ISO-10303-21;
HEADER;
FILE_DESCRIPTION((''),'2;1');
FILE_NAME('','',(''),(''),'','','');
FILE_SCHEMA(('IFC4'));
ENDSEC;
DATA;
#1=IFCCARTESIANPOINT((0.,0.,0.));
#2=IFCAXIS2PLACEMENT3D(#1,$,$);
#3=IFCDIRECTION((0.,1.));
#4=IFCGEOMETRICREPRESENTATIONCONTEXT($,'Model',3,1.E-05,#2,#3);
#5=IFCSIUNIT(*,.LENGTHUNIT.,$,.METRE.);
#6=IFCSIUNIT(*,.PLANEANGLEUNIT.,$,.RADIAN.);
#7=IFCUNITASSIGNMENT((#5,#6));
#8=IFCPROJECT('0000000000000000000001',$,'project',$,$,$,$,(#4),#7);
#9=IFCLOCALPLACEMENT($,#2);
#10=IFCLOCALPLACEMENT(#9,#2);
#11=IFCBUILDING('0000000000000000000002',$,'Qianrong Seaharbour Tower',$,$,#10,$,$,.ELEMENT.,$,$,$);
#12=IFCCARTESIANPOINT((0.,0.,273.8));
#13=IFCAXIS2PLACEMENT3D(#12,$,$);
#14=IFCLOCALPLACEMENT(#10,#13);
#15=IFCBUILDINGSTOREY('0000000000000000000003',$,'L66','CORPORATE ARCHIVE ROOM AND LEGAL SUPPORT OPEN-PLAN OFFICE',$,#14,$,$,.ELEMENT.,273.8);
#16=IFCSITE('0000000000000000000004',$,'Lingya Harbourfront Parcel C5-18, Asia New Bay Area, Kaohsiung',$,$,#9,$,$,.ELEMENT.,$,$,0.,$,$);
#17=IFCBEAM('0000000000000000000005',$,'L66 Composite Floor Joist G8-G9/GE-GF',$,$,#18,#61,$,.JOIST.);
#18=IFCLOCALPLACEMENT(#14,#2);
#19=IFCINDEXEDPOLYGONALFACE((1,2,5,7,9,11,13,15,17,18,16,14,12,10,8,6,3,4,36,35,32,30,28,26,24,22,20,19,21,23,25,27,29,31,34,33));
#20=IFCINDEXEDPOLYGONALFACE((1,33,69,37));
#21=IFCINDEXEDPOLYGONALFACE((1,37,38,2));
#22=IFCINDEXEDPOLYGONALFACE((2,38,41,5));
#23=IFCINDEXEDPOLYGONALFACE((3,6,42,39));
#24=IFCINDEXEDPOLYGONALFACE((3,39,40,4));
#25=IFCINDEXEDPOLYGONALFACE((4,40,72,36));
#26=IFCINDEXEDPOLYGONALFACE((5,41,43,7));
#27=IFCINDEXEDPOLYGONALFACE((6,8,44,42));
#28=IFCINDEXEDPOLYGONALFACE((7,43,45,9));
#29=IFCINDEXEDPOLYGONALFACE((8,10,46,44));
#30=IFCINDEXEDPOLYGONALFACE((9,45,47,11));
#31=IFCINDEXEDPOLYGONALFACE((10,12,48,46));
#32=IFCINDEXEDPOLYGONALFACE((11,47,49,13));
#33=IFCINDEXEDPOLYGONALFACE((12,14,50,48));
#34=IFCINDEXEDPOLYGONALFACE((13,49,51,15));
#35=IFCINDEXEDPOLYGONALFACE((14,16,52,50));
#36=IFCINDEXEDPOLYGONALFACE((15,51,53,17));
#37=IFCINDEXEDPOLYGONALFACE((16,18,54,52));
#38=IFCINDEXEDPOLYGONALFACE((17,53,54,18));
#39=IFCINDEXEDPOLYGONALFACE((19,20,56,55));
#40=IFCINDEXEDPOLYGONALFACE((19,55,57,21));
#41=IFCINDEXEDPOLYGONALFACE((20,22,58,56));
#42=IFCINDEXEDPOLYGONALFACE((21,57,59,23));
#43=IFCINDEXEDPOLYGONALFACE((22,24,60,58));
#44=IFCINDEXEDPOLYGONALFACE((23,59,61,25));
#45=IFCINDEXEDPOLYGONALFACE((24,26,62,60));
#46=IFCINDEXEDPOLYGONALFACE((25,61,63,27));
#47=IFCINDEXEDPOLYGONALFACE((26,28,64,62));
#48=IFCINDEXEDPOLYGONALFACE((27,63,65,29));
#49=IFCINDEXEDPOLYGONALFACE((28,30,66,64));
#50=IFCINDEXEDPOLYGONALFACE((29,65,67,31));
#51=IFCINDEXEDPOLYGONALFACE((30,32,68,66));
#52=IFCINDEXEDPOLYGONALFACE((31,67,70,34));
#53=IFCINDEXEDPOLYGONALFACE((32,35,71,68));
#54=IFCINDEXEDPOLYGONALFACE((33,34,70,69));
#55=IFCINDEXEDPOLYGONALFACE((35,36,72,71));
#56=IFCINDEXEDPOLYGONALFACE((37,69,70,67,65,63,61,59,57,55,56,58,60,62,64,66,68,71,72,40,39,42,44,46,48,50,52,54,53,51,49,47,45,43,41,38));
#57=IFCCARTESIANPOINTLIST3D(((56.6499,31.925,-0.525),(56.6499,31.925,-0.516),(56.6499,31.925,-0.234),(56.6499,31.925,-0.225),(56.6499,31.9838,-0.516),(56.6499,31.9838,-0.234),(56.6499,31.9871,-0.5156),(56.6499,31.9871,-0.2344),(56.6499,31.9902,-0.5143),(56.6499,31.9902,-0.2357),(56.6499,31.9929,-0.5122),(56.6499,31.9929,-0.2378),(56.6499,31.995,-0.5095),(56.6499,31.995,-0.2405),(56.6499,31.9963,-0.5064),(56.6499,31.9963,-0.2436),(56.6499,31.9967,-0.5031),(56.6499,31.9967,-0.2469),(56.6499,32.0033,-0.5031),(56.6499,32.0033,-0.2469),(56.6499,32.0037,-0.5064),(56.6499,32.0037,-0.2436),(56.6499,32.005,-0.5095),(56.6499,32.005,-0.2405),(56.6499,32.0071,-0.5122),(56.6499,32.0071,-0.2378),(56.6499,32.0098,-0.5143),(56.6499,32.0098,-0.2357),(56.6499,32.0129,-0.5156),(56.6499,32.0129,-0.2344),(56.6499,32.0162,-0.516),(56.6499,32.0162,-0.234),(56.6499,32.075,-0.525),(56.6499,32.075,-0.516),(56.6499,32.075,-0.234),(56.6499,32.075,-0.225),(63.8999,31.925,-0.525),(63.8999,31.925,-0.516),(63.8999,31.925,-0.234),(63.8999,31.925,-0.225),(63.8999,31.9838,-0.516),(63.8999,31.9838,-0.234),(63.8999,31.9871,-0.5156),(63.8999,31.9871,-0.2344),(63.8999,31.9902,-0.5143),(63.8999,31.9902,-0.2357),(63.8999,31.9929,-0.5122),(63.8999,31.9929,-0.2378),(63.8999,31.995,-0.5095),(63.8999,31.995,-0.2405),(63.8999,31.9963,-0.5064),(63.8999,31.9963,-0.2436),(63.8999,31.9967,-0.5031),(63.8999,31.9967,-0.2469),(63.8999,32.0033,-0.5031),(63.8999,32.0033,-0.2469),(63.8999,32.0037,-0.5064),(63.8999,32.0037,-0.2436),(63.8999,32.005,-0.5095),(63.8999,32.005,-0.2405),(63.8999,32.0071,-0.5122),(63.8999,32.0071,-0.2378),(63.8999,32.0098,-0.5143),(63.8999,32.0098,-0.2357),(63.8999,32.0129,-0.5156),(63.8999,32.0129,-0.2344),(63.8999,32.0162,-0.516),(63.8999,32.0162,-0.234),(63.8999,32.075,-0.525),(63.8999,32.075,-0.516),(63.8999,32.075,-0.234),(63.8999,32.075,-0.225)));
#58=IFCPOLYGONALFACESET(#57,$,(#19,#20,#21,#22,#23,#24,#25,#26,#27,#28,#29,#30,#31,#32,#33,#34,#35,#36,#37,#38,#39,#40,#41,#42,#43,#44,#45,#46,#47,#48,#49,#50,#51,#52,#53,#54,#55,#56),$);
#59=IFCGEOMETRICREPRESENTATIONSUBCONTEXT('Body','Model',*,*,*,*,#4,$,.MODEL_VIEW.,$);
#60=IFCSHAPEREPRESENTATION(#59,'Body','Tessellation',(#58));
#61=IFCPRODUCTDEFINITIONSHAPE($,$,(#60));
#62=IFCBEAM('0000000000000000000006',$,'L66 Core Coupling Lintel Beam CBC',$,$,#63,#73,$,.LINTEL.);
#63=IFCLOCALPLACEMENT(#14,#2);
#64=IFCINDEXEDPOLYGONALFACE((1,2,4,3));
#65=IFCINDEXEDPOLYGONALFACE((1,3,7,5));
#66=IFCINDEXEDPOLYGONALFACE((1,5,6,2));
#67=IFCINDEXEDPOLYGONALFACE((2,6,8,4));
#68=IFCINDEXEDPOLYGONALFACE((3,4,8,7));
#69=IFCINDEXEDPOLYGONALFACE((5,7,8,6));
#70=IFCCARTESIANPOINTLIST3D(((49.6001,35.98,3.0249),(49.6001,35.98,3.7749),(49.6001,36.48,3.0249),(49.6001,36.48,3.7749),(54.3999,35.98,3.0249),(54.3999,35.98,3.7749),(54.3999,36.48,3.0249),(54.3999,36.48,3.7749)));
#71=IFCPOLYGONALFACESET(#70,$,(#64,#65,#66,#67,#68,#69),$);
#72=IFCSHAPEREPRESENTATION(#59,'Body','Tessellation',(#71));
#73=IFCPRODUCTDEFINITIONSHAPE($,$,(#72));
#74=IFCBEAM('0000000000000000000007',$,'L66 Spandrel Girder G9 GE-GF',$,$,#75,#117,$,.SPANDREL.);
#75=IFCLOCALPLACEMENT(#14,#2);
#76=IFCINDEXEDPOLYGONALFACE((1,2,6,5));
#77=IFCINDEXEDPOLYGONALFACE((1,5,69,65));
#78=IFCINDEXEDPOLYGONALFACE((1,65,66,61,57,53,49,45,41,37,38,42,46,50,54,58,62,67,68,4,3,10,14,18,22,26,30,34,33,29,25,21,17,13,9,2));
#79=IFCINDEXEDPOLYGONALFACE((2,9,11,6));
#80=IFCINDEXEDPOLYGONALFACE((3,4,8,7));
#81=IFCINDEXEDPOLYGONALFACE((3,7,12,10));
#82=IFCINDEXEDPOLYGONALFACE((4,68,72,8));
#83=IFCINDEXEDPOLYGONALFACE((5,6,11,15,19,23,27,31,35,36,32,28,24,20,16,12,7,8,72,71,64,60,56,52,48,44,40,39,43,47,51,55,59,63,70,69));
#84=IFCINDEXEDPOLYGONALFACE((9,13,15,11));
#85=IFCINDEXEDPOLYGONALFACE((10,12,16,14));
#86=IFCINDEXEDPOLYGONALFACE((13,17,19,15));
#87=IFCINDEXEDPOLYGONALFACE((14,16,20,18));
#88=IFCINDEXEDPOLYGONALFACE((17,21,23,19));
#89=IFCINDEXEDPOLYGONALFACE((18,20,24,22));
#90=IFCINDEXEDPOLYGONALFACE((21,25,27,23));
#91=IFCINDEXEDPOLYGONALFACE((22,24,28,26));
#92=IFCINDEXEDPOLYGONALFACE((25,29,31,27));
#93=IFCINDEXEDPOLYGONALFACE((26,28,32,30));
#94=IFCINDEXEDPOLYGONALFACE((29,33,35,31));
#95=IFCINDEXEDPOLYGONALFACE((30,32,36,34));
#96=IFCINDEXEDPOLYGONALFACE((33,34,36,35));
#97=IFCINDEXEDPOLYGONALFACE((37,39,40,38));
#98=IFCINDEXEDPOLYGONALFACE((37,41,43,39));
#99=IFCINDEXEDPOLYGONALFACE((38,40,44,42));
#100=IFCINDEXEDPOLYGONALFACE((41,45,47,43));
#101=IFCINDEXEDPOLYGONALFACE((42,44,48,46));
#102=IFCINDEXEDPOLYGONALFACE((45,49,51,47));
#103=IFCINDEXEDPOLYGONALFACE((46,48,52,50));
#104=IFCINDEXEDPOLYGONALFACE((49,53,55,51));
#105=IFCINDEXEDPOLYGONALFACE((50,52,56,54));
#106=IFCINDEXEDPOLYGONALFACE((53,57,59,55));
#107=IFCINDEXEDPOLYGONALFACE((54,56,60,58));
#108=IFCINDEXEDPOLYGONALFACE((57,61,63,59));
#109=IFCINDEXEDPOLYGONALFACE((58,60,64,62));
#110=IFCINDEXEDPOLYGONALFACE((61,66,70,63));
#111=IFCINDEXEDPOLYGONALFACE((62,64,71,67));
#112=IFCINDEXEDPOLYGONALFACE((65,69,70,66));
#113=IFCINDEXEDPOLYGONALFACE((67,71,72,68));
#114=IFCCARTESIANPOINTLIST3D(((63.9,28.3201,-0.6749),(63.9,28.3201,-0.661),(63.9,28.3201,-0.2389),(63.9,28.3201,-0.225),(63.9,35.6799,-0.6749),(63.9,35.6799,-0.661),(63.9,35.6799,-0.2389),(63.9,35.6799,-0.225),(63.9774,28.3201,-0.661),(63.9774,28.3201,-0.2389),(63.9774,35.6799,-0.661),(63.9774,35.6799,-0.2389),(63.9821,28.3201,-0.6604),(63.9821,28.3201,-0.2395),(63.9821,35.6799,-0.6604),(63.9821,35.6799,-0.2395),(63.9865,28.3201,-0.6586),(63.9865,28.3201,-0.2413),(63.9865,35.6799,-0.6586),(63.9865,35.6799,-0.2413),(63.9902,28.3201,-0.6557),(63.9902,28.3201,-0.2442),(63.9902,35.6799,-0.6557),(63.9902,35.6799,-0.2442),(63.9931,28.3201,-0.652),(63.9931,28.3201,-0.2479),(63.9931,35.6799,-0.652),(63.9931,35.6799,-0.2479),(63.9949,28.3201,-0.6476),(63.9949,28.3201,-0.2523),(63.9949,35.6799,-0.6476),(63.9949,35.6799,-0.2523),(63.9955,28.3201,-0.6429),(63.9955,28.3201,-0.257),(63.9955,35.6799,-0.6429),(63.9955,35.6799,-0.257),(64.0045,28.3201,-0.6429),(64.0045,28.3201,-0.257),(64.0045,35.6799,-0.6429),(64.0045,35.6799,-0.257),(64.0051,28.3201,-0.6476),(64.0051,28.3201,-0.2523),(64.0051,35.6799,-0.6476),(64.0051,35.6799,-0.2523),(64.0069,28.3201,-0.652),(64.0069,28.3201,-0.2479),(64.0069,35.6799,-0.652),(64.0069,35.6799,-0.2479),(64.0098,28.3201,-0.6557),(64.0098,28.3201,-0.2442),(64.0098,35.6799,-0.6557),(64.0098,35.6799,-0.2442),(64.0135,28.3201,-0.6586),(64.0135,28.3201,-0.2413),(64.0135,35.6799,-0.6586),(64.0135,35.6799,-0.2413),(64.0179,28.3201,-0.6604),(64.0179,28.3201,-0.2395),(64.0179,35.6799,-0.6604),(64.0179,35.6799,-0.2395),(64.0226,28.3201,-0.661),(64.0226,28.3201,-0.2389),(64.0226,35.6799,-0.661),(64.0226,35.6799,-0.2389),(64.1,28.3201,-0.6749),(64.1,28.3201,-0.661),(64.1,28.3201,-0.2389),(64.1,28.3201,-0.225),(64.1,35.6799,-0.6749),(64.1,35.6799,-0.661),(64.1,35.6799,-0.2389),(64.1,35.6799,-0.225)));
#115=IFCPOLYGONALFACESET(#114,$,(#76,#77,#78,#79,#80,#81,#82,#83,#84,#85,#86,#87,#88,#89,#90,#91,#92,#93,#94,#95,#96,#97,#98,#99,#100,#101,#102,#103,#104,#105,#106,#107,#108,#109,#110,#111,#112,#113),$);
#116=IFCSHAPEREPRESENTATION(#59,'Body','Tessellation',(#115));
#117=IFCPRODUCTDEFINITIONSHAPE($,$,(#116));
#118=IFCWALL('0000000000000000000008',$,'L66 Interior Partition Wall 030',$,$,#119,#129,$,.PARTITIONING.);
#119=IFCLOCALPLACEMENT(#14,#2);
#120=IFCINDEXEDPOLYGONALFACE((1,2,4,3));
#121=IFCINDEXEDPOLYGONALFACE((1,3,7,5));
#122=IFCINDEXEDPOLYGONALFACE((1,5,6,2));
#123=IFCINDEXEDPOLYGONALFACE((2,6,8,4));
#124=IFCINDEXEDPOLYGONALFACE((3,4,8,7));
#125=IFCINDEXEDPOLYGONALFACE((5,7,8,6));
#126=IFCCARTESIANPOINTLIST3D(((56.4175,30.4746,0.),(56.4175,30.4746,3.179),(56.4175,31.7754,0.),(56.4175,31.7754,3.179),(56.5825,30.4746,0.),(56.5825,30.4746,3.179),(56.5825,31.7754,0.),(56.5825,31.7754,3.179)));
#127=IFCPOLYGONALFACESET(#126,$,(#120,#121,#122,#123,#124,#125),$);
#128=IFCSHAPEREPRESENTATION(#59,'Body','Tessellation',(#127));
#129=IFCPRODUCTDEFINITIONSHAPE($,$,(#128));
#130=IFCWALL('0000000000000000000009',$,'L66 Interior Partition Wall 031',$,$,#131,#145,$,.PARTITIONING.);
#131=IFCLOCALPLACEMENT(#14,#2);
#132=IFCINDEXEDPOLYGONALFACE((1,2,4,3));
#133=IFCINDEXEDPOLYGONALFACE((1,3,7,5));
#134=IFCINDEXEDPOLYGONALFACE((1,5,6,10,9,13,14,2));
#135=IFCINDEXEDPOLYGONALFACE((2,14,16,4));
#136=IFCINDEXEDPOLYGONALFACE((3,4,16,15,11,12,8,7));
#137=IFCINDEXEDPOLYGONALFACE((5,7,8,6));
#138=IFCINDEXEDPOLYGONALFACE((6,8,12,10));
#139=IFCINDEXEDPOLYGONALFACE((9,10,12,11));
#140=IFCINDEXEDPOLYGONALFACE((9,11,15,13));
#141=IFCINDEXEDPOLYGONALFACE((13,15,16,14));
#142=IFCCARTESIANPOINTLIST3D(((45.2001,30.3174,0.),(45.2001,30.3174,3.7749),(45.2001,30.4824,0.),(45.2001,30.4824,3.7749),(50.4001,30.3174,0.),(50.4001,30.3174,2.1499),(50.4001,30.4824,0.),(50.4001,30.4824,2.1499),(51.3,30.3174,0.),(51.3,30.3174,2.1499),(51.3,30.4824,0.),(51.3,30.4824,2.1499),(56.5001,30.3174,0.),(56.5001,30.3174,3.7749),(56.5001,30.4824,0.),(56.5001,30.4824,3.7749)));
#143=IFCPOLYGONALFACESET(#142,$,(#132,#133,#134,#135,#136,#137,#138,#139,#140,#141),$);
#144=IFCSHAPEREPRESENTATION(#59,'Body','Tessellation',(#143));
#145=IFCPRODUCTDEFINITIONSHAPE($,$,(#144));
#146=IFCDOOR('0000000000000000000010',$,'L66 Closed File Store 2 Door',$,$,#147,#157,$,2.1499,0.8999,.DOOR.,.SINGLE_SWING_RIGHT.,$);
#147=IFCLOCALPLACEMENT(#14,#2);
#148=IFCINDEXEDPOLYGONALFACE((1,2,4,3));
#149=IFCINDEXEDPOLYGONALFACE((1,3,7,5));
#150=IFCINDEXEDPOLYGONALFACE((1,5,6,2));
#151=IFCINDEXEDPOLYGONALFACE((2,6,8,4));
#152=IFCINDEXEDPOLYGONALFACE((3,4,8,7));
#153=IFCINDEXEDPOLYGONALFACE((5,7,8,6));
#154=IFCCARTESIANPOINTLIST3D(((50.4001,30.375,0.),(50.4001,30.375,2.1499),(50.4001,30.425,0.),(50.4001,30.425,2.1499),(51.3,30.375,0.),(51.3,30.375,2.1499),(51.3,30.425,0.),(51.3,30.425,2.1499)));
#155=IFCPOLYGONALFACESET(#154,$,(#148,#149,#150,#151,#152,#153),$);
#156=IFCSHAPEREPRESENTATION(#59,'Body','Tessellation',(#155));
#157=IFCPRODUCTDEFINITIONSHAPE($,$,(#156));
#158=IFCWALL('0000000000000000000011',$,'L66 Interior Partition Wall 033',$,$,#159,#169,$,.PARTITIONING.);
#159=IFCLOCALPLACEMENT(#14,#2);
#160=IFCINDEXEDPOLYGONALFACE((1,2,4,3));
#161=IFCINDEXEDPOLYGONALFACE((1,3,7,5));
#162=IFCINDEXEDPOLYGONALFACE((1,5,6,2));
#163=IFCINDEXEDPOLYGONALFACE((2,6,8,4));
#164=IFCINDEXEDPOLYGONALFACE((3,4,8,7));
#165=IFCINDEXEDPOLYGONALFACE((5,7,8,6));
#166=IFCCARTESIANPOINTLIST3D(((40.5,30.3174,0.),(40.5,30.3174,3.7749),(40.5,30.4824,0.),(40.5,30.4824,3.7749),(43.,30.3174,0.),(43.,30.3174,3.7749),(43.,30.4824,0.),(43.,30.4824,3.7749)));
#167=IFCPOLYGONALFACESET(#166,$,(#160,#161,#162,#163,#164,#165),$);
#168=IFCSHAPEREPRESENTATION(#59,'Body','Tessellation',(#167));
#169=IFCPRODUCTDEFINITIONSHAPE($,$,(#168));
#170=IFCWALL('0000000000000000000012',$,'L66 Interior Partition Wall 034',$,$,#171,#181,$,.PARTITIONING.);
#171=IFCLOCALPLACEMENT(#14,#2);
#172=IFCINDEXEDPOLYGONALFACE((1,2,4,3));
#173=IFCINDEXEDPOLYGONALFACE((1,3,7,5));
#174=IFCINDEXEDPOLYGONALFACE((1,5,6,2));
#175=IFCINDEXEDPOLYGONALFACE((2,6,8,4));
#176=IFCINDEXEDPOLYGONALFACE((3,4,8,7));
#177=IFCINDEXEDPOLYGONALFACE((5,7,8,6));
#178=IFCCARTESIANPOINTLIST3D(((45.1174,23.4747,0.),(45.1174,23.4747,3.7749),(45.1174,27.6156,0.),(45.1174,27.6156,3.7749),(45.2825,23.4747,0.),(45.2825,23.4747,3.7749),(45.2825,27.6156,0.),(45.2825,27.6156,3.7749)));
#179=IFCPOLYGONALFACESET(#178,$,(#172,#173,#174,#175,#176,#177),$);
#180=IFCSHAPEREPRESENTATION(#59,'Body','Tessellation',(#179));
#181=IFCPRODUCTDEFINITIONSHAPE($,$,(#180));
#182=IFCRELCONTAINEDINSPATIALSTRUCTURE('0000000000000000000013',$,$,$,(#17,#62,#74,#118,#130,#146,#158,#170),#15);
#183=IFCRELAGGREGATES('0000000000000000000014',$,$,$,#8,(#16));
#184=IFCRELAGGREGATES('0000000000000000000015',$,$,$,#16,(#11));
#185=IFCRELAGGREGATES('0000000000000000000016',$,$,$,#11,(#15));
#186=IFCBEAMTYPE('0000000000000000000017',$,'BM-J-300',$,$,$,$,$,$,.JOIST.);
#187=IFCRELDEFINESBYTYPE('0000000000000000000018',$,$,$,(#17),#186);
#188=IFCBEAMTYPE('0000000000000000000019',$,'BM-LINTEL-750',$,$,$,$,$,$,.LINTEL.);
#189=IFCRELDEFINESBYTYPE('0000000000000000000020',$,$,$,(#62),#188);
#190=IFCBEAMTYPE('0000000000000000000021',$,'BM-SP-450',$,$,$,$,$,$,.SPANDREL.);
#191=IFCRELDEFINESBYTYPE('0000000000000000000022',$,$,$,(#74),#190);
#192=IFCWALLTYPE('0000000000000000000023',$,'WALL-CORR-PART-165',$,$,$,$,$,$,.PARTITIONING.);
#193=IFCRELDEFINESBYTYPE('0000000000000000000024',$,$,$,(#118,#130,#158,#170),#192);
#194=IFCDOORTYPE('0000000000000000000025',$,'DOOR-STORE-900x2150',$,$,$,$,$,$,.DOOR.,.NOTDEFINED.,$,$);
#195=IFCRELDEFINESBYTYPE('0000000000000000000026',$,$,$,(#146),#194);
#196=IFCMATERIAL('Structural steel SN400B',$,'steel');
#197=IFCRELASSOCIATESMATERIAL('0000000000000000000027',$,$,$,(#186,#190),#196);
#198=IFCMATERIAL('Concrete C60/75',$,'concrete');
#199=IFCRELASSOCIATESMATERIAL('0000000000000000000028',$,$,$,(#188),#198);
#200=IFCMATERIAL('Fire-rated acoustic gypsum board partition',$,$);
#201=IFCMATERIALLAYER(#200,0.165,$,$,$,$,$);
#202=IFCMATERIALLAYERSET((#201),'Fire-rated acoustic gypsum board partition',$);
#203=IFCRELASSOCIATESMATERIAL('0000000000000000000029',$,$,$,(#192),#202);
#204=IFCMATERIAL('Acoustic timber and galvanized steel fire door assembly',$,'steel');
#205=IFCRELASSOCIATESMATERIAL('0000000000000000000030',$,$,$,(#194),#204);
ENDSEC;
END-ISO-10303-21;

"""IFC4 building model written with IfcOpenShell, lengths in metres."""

from ifc_helpers import new_model, si_unit, direction, frame, frame_2d, origin, origin_2d, place, context, subcontext, project, spatial, rectangle, i_section, extrude, material, layer, layer_set, material_profile, profile_set, type_object, element, fill, save


model = new_model("IFC4")

# Units and contexts
model_context = context("Model", 3, precision=1e-05, world=origin(), true_north=direction((0.0, 1.0)))
body_context = subcontext(model_context, "Body", "Model", "MODEL_VIEW")
ifc_project = project(units=[si_unit("LENGTHUNIT", "METRE"), si_unit("PLANEANGLEUNIT", "RADIAN")], contexts=[model_context])

# Site, building, storey
site_placement = place(None, origin())
site = spatial("IfcSite", under=ifc_project, at=site_placement, Name="Lingya Harbourfront Parcel C5-18, Asia New Bay Area, Kaohsiung", CompositionType="ELEMENT", RefElevation=0.0)
building_placement = place(site_placement, origin())
building = spatial("IfcBuilding", under=site, at=building_placement, Name="Qianrong Seaharbour Tower", CompositionType="ELEMENT")
storey_placement = place(building_placement, frame((0.0, 0.0, 273.8)))
storey = spatial("IfcBuildingStorey", under=building, at=storey_placement, Name="L66", Description="CORPORATE ARCHIVE ROOM AND LEGAL SUPPORT OPEN-PLAN OFFICE", CompositionType="ELEMENT", Elevation=273.8)

# Beams
ifc_material_1 = material(Name="Structural steel SN400B", Category="steel")
ifc_material_profile_1 = material_profile(ifc_material_1, i_section(OverallWidth=0.1499, OverallDepth=0.3, WebThickness=0.0066, FlangeThickness=0.009, FilletRadius=0.0129, at=origin_2d()), Name="H300x150x6.5x9")
ifc_profile_set_1 = profile_set([ifc_material_profile_1], Name="Structural steel SN400B")
beam_type_1 = type_object("IfcBeamType", Name="BM-J-300", PredefinedType="JOIST", material=ifc_profile_set_1)
for number, where, z_axis, x_axis, name in (
    (1, (56.6499, 32.0, -0.375), (1.0, 0.0, 0.0), (0.0, 1.0, 0.0), "L66 Composite Floor Joist G8-G9/GE-GF"),
):
    element("IfcBeam", number, at=place(storey_placement, frame(where, z_axis=z_axis, x_axis=x_axis)), inside=storey, type_object=beam_type_1, Name=name, PredefinedType="JOIST", context=body_context, shape_type="SweptSolid", body=[
        extrude(i_section(OverallWidth=0.1499, OverallDepth=0.3, WebThickness=0.0066, FlangeThickness=0.009, FilletRadius=0.0129, at=origin_2d()), origin(), (0.0, 0.0, 1.0), 7.25),
    ])
ifc_material_2 = material(Name="Concrete C60/75", Category="concrete")
ifc_material_profile_2 = material_profile(ifc_material_2, rectangle(XDim=0.5, YDim=0.75, at=origin_2d()), Name="RC500x750")
ifc_profile_set_2 = profile_set([ifc_material_profile_2], Name="Concrete C60/75")
beam_type_2 = type_object("IfcBeamType", Name="BM-LINTEL-750", PredefinedType="LINTEL", material=ifc_profile_set_2)
beam_1_placement = place(storey_placement, frame((49.6001, 36.23, 3.3999), z_axis=(1.0, 0.0, 0.0), x_axis=(0.0, 1.0, 0.0)))
element("IfcBeam", 2, at=beam_1_placement, inside=storey, type_object=beam_type_2, Name="L66 Core Coupling Lintel Beam CBC", PredefinedType="LINTEL", context=body_context, shape_type="SweptSolid", body=[
    extrude(rectangle(XDim=0.5, YDim=0.75, at=origin_2d()), origin(), (0.0, 0.0, 1.0), 4.7998),
])
ifc_material_profile_3 = material_profile(ifc_material_1, i_section(OverallWidth=0.2, OverallDepth=0.45, WebThickness=0.009, FlangeThickness=0.0139, FilletRadius=0.0181, at=origin_2d()), Name="H450x200x9x14")
ifc_profile_set_3 = profile_set([ifc_material_profile_3], Name="Structural steel SN400B")
beam_type_3 = type_object("IfcBeamType", Name="BM-SP-450", PredefinedType="SPANDREL", material=ifc_profile_set_3)
beam_2_placement = place(storey_placement, frame((64.0, 28.3201, -0.45), z_axis=(0.0, 1.0, 0.0), x_axis=(-1.0, 0.0, 0.0)))
element("IfcBeam", 3, at=beam_2_placement, inside=storey, type_object=beam_type_3, Name="L66 Spandrel Girder G9 GE-GF", PredefinedType="SPANDREL", context=body_context, shape_type="SweptSolid", body=[
    extrude(i_section(OverallWidth=0.2, OverallDepth=0.45, WebThickness=0.009, FlangeThickness=0.0139, FilletRadius=0.0181, at=origin_2d()), origin(), (0.0, 0.0, 1.0), 7.3599),
])

# Wall
ifc_material_3 = material(Name="Fire-rated acoustic gypsum board partition")
ifc_layer_1 = layer(ifc_material_3, 0.165)
ifc_layer_set_1 = layer_set([ifc_layer_1], Name="Fire-rated acoustic gypsum board partition")
wall_type_1 = type_object("IfcWallType", Name="WALL-CORR-PART-165", PredefinedType="PARTITIONING", material=ifc_layer_set_1)
wall_1_placement = place(storey_placement, frame((56.5, 31.7754, 0.0), z_axis=(0.0, 0.0, 1.0), x_axis=(0.0, -1.0, 0.0)))
element("IfcWall", 4, at=wall_1_placement, inside=storey, type_object=wall_type_1, Name="L66 Interior Partition Wall 030", PredefinedType="PARTITIONING", context=body_context, shape_type="SweptSolid", body=[
    extrude(rectangle(XDim=1.3008, YDim=0.165, at=frame_2d((0.6504, 0.0))), origin(), (0.0, 0.0, 1.0), 3.179),
])

# Wall, opening, door
wall_2_placement = place(storey_placement, frame((56.5, 30.3999, 0.0), z_axis=(0.0, 0.0, 1.0), x_axis=(-1.0, 0.0, 0.0)))
wall_2 = element("IfcWall", 5, at=wall_2_placement, inside=storey, type_object=wall_type_1, Name="L66 Interior Partition Wall 031", PredefinedType="PARTITIONING", context=body_context, shape_type="SweptSolid", body=[
    extrude(rectangle(XDim=11.3, YDim=0.165, at=frame_2d((5.6499, 0.0))), origin(), (0.0, 0.0, 1.0), 3.7749),
])
opening_1_placement = place(wall_2_placement, frame((5.2, 0.0, 0.0)))
opening_1 = element("IfcOpeningElement", 6, at=opening_1_placement, cuts=wall_2, PredefinedType="OPENING", context=body_context, shape_type="SweptSolid", body=[
    extrude(rectangle(XDim=0.8999, YDim=2.1499, at=frame_2d((0.45, 1.075))), frame((0.0, 0.0925, 0.0), z_axis=(0.0, -1.0, 0.0), x_axis=(1.0, 0.0, 0.0)), (0.0, 0.0, 1.0), 0.1851),
])
ifc_material_4 = material(Name="Acoustic timber and galvanized steel fire door assembly", Category="steel")
door_type_1 = type_object("IfcDoorType", Name="DOOR-STORE-900x2150", OperationType="NOTDEFINED", PredefinedType="DOOR", material=ifc_material_4)
door_1_placement = place(opening_1_placement, origin())
door_1 = element("IfcDoor", 7, at=door_1_placement, inside=storey, type_object=door_type_1, Name="L66 Closed File Store 2 Door", OperationType="SINGLE_SWING_RIGHT", OverallHeight=2.1499, OverallWidth=0.8999, PredefinedType="DOOR", context=body_context, shape_type="SweptSolid", body=[
    extrude(rectangle(XDim=0.8999, YDim=2.1499, at=frame_2d((0.45, 1.075))), frame((0.0, 0.0249, 0.0), z_axis=(0.0, -1.0, 0.0), x_axis=(1.0, 0.0, 0.0)), (0.0, 0.0, 1.0), 0.05),
])
fill(opening_1, door_1)

# Walls
wall_3_placement = place(storey_placement, frame((43.0, 30.3999, 0.0), z_axis=(0.0, 0.0, 1.0), x_axis=(-1.0, 0.0, 0.0)))
element("IfcWall", 8, at=wall_3_placement, inside=storey, type_object=wall_type_1, Name="L66 Interior Partition Wall 033", PredefinedType="PARTITIONING", context=body_context, shape_type="SweptSolid", body=[
    extrude(rectangle(XDim=2.5, YDim=0.165, at=frame_2d((1.25, 0.0))), origin(), (0.0, 0.0, 1.0), 3.7749),
])
wall_4_placement = place(storey_placement, frame((45.2, 27.6155, 0.0), z_axis=(0.0, 0.0, 1.0), x_axis=(0.0, -1.0, 0.0)))
element("IfcWall", 9, at=wall_4_placement, inside=storey, type_object=wall_type_1, Name="L66 Interior Partition Wall 034", PredefinedType="PARTITIONING", context=body_context, shape_type="SweptSolid", body=[
    extrude(rectangle(XDim=4.1409, YDim=0.165, at=frame_2d((2.0703, 0.0))), origin(), (0.0, 0.0, 1.0), 3.7749),
])

save(model, "model.ifc")
